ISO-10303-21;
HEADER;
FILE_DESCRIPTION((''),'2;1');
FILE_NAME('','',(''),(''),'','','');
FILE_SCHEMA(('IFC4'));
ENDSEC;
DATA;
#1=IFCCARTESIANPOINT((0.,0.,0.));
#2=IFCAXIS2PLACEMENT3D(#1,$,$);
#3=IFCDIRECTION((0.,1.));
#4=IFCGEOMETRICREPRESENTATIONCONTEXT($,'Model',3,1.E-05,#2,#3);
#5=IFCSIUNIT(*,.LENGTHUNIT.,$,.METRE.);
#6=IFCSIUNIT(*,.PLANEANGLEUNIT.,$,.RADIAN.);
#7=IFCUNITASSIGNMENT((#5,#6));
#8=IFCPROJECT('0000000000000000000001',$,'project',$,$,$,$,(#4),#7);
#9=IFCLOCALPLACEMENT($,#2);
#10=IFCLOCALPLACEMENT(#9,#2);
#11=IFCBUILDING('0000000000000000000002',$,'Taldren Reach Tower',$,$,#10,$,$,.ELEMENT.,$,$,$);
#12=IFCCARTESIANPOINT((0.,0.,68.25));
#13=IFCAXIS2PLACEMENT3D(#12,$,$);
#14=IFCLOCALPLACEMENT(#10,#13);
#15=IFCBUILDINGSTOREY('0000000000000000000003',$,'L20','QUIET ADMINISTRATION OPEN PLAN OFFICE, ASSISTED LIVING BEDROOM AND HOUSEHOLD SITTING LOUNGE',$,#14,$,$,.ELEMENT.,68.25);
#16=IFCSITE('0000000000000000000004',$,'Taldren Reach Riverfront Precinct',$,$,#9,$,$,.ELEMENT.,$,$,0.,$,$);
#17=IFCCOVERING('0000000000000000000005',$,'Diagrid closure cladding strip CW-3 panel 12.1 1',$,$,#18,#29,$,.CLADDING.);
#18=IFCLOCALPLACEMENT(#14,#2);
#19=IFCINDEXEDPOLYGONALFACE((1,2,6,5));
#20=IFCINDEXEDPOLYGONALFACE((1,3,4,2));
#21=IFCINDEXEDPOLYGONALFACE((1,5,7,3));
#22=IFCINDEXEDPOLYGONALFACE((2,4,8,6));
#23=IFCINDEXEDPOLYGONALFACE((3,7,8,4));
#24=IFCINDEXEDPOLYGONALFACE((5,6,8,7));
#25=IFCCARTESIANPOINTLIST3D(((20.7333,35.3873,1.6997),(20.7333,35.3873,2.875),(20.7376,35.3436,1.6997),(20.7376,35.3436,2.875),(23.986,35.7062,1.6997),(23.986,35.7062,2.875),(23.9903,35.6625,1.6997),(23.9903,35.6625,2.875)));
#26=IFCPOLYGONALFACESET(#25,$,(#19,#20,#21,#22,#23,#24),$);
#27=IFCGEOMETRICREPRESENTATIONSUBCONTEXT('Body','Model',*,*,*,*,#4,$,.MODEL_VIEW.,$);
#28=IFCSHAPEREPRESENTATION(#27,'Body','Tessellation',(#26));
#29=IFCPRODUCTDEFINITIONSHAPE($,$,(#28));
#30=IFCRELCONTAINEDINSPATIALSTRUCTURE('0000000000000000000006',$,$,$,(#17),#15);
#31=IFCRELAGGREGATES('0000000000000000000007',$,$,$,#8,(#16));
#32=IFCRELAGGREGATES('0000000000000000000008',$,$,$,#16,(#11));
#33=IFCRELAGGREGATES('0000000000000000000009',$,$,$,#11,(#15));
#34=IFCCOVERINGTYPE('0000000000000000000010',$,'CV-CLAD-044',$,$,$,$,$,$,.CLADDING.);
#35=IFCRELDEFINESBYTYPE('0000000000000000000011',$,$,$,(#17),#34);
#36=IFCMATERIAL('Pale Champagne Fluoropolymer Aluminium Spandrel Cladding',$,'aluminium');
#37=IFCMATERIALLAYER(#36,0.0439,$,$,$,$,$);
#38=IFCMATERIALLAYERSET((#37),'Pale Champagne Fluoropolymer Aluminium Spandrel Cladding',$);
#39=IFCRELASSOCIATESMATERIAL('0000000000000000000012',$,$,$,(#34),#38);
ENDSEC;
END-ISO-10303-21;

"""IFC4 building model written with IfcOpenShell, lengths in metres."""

from ifc_helpers import new_model, si_unit, direction, frame, origin, origin_2d, place, context, subcontext, project, spatial, rectangle, extrude, source, transform, mapped, material, layer, layer_set, type_object, element, save


model = new_model("IFC4")

# Units and contexts
model_context = context("Model", 3, precision=1e-05, world=origin(), true_north=direction((0.0, 1.0)))
body_context = subcontext(model_context, "Body", "Model", "MODEL_VIEW")
ifc_project = project(units=[si_unit("LENGTHUNIT", "METRE"), si_unit("PLANEANGLEUNIT", "RADIAN")], contexts=[model_context])

# Site, building, storey
site_placement = place(None, origin())
site = spatial("IfcSite", under=ifc_project, at=site_placement, Name="Taldren Reach Riverfront Precinct", CompositionType="ELEMENT", RefElevation=0.0)
building_placement = place(site_placement, origin())
building = spatial("IfcBuilding", under=site, at=building_placement, Name="Taldren Reach Tower", CompositionType="ELEMENT")
storey_placement = place(building_placement, frame((0.0, 0.0, 68.25)))
storey = spatial("IfcBuildingStorey", under=building, at=storey_placement, Name="L20", Description="QUIET ADMINISTRATION OPEN PLAN OFFICE, ASSISTED LIVING BEDROOM AND HOUSEHOLD SITTING LOUNGE", CompositionType="ELEMENT", Elevation=68.25)

# Covering
ifc_material_1 = material(Name="Pale Champagne Fluoropolymer Aluminium Spandrel Cladding", Category="aluminium")
ifc_layer_1 = layer(ifc_material_1, 0.0439)
ifc_layer_set_1 = layer_set([ifc_layer_1], Name="Pale Champagne Fluoropolymer Aluminium Spandrel Cladding")
covering_type = type_object("IfcCoveringType", Name="CV-CLAD-044", PredefinedType="CLADDING", material=ifc_layer_set_1)
shared_shape_1 = source(origin(), body_context, "Body", "SweptSolid", [
    extrude(rectangle(XDim=3.2683, YDim=0.0439, at=origin_2d()), origin(), (0.0, 0.0, 1.0), 1.1753),
])
covering_1_placement = place(storey_placement, frame((22.3618, 35.5249, 1.6997), z_axis=(0.0, 0.0, 1.0), x_axis=(-0.995227, -0.097583, 0.0)))
element("IfcCovering", 1, at=covering_1_placement, inside=storey, type_object=covering_type, Name="Diagrid closure cladding strip CW-3 panel 12.1 1", PredefinedType="CLADDING", context=body_context, shape_type="MappedRepresentation", body=[
    mapped(shared_shape_1, transform((0.0, 0.0, 0.0), scale=1.0)),
])

save(model, "model.ifc")
